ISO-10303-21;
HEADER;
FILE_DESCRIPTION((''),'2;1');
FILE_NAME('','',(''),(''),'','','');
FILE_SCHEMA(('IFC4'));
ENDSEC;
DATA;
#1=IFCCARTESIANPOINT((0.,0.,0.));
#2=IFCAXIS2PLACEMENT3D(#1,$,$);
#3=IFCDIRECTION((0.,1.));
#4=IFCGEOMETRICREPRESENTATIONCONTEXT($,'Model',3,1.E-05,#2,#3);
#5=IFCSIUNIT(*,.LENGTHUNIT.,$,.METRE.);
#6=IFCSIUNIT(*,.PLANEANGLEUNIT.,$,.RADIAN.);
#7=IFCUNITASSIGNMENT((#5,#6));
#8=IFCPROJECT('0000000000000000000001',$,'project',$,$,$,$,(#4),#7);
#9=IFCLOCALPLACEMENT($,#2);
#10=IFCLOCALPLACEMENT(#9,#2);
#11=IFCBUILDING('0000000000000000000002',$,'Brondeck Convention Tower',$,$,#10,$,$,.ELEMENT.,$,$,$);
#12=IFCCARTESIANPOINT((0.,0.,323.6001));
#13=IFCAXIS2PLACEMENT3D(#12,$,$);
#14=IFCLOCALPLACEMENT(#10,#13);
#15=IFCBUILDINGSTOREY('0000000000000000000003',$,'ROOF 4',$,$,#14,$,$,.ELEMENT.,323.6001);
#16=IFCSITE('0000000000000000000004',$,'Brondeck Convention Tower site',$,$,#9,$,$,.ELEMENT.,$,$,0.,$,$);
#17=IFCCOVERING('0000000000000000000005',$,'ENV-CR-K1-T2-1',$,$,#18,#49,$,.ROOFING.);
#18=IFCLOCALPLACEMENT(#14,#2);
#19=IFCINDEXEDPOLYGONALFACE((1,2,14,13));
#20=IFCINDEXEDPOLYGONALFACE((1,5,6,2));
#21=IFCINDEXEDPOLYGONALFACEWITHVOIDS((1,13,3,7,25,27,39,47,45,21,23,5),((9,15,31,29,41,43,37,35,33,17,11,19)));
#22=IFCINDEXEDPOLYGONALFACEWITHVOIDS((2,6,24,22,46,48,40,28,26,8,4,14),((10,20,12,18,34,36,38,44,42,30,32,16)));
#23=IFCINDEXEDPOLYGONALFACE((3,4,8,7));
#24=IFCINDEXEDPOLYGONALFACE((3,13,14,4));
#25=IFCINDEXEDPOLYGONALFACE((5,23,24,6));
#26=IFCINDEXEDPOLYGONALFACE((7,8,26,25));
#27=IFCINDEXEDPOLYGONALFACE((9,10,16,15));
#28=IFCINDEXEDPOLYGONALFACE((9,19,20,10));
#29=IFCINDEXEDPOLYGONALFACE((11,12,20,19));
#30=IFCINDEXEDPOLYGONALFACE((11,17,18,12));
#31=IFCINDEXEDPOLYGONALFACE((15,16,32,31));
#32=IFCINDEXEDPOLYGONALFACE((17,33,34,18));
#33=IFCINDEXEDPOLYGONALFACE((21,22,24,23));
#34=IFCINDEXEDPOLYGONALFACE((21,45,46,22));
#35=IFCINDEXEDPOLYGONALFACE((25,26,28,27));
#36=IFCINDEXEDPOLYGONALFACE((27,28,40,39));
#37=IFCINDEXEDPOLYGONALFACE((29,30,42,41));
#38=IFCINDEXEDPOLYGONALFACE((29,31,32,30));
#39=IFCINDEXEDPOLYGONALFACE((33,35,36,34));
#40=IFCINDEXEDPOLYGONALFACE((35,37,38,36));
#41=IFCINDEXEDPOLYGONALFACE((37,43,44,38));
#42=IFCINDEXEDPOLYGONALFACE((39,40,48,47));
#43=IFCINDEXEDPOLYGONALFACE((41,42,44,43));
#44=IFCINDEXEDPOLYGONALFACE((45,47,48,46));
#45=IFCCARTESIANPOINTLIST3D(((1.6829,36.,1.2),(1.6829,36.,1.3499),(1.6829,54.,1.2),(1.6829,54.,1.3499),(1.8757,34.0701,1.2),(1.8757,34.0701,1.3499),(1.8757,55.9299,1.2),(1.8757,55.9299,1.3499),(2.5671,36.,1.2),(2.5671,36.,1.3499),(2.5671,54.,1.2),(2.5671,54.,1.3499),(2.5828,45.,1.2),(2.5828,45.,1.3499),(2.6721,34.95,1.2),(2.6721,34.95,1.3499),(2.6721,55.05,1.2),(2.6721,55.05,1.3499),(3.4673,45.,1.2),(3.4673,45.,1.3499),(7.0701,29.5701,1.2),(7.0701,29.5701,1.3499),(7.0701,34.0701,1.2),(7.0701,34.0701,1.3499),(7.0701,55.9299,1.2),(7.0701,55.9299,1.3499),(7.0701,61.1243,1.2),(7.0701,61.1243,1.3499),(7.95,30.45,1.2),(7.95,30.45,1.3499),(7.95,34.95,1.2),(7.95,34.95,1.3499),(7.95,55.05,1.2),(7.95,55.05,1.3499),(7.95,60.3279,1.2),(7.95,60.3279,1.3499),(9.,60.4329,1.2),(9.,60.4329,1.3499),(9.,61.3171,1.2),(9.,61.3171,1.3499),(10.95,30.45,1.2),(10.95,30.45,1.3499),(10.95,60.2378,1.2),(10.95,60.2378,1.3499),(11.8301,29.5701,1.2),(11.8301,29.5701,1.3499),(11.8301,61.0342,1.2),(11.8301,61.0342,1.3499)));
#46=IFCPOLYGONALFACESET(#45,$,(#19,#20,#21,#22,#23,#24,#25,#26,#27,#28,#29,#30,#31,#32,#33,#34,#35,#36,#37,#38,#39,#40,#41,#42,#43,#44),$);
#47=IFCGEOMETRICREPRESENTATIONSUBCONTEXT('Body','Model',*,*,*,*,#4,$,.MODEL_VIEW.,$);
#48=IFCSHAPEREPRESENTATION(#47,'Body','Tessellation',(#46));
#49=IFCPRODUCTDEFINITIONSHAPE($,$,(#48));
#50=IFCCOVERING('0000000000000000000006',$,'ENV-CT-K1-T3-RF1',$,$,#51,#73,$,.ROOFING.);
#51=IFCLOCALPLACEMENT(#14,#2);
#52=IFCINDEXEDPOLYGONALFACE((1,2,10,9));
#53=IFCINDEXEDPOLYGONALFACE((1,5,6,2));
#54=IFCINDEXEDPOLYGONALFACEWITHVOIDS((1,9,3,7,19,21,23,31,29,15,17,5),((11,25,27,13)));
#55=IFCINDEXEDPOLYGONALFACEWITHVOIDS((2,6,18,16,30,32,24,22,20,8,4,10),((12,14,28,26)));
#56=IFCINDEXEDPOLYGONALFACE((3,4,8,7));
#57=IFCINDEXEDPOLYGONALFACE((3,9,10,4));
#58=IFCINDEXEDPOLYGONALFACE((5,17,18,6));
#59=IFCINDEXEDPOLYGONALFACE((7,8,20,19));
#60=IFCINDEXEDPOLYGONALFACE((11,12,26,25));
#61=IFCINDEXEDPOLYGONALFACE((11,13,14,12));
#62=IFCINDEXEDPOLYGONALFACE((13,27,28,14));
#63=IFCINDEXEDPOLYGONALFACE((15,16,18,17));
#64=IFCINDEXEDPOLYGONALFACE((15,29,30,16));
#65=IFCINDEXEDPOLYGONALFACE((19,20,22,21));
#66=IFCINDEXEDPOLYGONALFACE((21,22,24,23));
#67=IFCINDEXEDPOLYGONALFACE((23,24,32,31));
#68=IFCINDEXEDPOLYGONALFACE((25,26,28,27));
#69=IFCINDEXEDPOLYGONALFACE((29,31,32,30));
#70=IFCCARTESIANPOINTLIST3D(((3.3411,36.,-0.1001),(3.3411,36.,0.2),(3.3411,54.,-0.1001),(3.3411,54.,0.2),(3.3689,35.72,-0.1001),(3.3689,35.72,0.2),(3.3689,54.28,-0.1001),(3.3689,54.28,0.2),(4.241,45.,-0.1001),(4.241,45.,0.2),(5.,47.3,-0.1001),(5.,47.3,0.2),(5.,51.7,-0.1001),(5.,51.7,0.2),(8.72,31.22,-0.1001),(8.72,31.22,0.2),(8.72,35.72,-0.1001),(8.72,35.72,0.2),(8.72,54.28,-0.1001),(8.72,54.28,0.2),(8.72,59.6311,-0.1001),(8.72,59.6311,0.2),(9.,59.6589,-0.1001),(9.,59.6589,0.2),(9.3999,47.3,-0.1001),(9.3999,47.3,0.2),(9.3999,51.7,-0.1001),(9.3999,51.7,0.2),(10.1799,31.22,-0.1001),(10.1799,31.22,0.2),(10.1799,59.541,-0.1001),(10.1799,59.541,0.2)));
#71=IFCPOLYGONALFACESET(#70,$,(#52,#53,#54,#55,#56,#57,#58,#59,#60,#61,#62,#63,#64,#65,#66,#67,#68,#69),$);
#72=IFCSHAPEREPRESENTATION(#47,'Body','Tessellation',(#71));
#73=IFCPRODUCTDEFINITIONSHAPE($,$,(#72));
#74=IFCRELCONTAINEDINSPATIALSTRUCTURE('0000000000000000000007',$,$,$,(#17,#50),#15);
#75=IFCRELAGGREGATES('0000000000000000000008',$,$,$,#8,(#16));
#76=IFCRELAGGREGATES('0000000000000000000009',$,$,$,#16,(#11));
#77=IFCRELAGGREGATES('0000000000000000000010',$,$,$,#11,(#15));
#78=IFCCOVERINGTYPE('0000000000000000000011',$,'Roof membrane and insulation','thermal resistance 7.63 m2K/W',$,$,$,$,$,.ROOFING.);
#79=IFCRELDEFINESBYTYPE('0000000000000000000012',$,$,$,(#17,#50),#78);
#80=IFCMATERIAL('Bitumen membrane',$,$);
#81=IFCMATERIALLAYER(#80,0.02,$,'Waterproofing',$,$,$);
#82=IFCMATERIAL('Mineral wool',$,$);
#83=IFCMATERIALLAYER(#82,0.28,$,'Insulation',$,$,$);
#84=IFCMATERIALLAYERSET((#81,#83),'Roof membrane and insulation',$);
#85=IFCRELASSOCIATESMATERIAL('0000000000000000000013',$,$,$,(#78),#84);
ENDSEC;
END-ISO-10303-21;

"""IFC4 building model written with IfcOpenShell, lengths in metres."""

from ifc_helpers import new_model, si_unit, direction, frame, origin, place, context, subcontext, project, spatial, polyline, outline, extrude, material, layer, layer_set, type_object, element, save


model = new_model("IFC4")

# Units and contexts
model_context = context("Model", 3, precision=1e-05, world=origin(), true_north=direction((0.0, 1.0)))
body_context = subcontext(model_context, "Body", "Model", "MODEL_VIEW")
ifc_project = project(units=[si_unit("LENGTHUNIT", "METRE"), si_unit("PLANEANGLEUNIT", "RADIAN")], contexts=[model_context])

# Site, building, storey
site_placement = place(None, origin())
site = spatial("IfcSite", under=ifc_project, at=site_placement, Name="Brondeck Convention Tower site", CompositionType="ELEMENT", RefElevation=0.0)
building_placement = place(site_placement, origin())
building = spatial("IfcBuilding", under=site, at=building_placement, Name="Brondeck Convention Tower", CompositionType="ELEMENT")
storey_placement = place(building_placement, frame((0.0, 0.0, 323.6001)))
storey = spatial("IfcBuildingStorey", under=building, at=storey_placement, Name="ROOF 4", CompositionType="ELEMENT", Elevation=323.6001)

# Coverings
ifc_material_1 = material(Name="Bitumen membrane")
ifc_layer_1 = layer(ifc_material_1, 0.02, Name="Waterproofing")
ifc_material_2 = material(Name="Mineral wool")
ifc_layer_2 = layer(ifc_material_2, 0.28, Name="Insulation")
ifc_layer_set = layer_set([ifc_layer_1, ifc_layer_2], Name="Roof membrane and insulation")
covering_type = type_object("IfcCoveringType", Name="Roof membrane and insulation", Description="thermal resistance 7.63 m2K/W", PredefinedType="ROOFING", material=ifc_layer_set)
covering_1_placement = place(storey_placement, frame((0.0, 0.0, 1.2)))
element("IfcCovering", 1, at=covering_1_placement, inside=storey, type_object=covering_type, Name="ENV-CR-K1-T2-1", PredefinedType="ROOFING", context=body_context, shape_type="SweptSolid", body=[
    extrude(outline(polyline([(7.0701, 34.0701), (7.0701, 29.5701), (11.8301, 29.5701), (11.8301, 61.0342), (9.0, 61.3171), (7.0701, 61.1243), (7.0701, 55.9299), (1.8757, 55.9299), (1.6829, 54.0), (2.5828, 45.0), (1.6829, 36.0), (1.8757, 34.0701), (7.0701, 34.0701)]), holes=[polyline([(10.95, 30.45), (7.95, 30.45), (7.95, 34.95), (2.6721, 34.95), (2.5671, 36.0), (3.4673, 45.0), (2.5671, 54.0), (2.6721, 55.05), (7.95, 55.05), (7.95, 60.3279), (9.0, 60.4329), (10.95, 60.2378), (10.95, 30.45)])]), origin(), (0.0, 0.0, 1.0), 0.1499),
])
covering_2_placement = place(storey_placement, frame((0.0, 0.0, -0.1001)))
element("IfcCovering", 2, at=covering_2_placement, inside=storey, type_object=covering_type, Name="ENV-CT-K1-T3-RF1", PredefinedType="ROOFING", context=body_context, shape_type="SweptSolid", body=[
    extrude(outline(polyline([(8.72, 35.72), (8.72, 31.22), (10.1799, 31.22), (10.1799, 59.541), (9.0, 59.6589), (8.72, 59.6311), (8.72, 54.28), (3.3689, 54.28), (3.3411, 54.0), (4.241, 45.0), (3.3411, 36.0), (3.3689, 35.72), (8.72, 35.72)]), holes=[polyline([(9.3999, 51.7), (9.3999, 47.3), (5.0, 47.3), (5.0, 51.7), (9.3999, 51.7)])]), origin(), (0.0, 0.0, 1.0), 0.3),
])

save(model, "model.ifc")
